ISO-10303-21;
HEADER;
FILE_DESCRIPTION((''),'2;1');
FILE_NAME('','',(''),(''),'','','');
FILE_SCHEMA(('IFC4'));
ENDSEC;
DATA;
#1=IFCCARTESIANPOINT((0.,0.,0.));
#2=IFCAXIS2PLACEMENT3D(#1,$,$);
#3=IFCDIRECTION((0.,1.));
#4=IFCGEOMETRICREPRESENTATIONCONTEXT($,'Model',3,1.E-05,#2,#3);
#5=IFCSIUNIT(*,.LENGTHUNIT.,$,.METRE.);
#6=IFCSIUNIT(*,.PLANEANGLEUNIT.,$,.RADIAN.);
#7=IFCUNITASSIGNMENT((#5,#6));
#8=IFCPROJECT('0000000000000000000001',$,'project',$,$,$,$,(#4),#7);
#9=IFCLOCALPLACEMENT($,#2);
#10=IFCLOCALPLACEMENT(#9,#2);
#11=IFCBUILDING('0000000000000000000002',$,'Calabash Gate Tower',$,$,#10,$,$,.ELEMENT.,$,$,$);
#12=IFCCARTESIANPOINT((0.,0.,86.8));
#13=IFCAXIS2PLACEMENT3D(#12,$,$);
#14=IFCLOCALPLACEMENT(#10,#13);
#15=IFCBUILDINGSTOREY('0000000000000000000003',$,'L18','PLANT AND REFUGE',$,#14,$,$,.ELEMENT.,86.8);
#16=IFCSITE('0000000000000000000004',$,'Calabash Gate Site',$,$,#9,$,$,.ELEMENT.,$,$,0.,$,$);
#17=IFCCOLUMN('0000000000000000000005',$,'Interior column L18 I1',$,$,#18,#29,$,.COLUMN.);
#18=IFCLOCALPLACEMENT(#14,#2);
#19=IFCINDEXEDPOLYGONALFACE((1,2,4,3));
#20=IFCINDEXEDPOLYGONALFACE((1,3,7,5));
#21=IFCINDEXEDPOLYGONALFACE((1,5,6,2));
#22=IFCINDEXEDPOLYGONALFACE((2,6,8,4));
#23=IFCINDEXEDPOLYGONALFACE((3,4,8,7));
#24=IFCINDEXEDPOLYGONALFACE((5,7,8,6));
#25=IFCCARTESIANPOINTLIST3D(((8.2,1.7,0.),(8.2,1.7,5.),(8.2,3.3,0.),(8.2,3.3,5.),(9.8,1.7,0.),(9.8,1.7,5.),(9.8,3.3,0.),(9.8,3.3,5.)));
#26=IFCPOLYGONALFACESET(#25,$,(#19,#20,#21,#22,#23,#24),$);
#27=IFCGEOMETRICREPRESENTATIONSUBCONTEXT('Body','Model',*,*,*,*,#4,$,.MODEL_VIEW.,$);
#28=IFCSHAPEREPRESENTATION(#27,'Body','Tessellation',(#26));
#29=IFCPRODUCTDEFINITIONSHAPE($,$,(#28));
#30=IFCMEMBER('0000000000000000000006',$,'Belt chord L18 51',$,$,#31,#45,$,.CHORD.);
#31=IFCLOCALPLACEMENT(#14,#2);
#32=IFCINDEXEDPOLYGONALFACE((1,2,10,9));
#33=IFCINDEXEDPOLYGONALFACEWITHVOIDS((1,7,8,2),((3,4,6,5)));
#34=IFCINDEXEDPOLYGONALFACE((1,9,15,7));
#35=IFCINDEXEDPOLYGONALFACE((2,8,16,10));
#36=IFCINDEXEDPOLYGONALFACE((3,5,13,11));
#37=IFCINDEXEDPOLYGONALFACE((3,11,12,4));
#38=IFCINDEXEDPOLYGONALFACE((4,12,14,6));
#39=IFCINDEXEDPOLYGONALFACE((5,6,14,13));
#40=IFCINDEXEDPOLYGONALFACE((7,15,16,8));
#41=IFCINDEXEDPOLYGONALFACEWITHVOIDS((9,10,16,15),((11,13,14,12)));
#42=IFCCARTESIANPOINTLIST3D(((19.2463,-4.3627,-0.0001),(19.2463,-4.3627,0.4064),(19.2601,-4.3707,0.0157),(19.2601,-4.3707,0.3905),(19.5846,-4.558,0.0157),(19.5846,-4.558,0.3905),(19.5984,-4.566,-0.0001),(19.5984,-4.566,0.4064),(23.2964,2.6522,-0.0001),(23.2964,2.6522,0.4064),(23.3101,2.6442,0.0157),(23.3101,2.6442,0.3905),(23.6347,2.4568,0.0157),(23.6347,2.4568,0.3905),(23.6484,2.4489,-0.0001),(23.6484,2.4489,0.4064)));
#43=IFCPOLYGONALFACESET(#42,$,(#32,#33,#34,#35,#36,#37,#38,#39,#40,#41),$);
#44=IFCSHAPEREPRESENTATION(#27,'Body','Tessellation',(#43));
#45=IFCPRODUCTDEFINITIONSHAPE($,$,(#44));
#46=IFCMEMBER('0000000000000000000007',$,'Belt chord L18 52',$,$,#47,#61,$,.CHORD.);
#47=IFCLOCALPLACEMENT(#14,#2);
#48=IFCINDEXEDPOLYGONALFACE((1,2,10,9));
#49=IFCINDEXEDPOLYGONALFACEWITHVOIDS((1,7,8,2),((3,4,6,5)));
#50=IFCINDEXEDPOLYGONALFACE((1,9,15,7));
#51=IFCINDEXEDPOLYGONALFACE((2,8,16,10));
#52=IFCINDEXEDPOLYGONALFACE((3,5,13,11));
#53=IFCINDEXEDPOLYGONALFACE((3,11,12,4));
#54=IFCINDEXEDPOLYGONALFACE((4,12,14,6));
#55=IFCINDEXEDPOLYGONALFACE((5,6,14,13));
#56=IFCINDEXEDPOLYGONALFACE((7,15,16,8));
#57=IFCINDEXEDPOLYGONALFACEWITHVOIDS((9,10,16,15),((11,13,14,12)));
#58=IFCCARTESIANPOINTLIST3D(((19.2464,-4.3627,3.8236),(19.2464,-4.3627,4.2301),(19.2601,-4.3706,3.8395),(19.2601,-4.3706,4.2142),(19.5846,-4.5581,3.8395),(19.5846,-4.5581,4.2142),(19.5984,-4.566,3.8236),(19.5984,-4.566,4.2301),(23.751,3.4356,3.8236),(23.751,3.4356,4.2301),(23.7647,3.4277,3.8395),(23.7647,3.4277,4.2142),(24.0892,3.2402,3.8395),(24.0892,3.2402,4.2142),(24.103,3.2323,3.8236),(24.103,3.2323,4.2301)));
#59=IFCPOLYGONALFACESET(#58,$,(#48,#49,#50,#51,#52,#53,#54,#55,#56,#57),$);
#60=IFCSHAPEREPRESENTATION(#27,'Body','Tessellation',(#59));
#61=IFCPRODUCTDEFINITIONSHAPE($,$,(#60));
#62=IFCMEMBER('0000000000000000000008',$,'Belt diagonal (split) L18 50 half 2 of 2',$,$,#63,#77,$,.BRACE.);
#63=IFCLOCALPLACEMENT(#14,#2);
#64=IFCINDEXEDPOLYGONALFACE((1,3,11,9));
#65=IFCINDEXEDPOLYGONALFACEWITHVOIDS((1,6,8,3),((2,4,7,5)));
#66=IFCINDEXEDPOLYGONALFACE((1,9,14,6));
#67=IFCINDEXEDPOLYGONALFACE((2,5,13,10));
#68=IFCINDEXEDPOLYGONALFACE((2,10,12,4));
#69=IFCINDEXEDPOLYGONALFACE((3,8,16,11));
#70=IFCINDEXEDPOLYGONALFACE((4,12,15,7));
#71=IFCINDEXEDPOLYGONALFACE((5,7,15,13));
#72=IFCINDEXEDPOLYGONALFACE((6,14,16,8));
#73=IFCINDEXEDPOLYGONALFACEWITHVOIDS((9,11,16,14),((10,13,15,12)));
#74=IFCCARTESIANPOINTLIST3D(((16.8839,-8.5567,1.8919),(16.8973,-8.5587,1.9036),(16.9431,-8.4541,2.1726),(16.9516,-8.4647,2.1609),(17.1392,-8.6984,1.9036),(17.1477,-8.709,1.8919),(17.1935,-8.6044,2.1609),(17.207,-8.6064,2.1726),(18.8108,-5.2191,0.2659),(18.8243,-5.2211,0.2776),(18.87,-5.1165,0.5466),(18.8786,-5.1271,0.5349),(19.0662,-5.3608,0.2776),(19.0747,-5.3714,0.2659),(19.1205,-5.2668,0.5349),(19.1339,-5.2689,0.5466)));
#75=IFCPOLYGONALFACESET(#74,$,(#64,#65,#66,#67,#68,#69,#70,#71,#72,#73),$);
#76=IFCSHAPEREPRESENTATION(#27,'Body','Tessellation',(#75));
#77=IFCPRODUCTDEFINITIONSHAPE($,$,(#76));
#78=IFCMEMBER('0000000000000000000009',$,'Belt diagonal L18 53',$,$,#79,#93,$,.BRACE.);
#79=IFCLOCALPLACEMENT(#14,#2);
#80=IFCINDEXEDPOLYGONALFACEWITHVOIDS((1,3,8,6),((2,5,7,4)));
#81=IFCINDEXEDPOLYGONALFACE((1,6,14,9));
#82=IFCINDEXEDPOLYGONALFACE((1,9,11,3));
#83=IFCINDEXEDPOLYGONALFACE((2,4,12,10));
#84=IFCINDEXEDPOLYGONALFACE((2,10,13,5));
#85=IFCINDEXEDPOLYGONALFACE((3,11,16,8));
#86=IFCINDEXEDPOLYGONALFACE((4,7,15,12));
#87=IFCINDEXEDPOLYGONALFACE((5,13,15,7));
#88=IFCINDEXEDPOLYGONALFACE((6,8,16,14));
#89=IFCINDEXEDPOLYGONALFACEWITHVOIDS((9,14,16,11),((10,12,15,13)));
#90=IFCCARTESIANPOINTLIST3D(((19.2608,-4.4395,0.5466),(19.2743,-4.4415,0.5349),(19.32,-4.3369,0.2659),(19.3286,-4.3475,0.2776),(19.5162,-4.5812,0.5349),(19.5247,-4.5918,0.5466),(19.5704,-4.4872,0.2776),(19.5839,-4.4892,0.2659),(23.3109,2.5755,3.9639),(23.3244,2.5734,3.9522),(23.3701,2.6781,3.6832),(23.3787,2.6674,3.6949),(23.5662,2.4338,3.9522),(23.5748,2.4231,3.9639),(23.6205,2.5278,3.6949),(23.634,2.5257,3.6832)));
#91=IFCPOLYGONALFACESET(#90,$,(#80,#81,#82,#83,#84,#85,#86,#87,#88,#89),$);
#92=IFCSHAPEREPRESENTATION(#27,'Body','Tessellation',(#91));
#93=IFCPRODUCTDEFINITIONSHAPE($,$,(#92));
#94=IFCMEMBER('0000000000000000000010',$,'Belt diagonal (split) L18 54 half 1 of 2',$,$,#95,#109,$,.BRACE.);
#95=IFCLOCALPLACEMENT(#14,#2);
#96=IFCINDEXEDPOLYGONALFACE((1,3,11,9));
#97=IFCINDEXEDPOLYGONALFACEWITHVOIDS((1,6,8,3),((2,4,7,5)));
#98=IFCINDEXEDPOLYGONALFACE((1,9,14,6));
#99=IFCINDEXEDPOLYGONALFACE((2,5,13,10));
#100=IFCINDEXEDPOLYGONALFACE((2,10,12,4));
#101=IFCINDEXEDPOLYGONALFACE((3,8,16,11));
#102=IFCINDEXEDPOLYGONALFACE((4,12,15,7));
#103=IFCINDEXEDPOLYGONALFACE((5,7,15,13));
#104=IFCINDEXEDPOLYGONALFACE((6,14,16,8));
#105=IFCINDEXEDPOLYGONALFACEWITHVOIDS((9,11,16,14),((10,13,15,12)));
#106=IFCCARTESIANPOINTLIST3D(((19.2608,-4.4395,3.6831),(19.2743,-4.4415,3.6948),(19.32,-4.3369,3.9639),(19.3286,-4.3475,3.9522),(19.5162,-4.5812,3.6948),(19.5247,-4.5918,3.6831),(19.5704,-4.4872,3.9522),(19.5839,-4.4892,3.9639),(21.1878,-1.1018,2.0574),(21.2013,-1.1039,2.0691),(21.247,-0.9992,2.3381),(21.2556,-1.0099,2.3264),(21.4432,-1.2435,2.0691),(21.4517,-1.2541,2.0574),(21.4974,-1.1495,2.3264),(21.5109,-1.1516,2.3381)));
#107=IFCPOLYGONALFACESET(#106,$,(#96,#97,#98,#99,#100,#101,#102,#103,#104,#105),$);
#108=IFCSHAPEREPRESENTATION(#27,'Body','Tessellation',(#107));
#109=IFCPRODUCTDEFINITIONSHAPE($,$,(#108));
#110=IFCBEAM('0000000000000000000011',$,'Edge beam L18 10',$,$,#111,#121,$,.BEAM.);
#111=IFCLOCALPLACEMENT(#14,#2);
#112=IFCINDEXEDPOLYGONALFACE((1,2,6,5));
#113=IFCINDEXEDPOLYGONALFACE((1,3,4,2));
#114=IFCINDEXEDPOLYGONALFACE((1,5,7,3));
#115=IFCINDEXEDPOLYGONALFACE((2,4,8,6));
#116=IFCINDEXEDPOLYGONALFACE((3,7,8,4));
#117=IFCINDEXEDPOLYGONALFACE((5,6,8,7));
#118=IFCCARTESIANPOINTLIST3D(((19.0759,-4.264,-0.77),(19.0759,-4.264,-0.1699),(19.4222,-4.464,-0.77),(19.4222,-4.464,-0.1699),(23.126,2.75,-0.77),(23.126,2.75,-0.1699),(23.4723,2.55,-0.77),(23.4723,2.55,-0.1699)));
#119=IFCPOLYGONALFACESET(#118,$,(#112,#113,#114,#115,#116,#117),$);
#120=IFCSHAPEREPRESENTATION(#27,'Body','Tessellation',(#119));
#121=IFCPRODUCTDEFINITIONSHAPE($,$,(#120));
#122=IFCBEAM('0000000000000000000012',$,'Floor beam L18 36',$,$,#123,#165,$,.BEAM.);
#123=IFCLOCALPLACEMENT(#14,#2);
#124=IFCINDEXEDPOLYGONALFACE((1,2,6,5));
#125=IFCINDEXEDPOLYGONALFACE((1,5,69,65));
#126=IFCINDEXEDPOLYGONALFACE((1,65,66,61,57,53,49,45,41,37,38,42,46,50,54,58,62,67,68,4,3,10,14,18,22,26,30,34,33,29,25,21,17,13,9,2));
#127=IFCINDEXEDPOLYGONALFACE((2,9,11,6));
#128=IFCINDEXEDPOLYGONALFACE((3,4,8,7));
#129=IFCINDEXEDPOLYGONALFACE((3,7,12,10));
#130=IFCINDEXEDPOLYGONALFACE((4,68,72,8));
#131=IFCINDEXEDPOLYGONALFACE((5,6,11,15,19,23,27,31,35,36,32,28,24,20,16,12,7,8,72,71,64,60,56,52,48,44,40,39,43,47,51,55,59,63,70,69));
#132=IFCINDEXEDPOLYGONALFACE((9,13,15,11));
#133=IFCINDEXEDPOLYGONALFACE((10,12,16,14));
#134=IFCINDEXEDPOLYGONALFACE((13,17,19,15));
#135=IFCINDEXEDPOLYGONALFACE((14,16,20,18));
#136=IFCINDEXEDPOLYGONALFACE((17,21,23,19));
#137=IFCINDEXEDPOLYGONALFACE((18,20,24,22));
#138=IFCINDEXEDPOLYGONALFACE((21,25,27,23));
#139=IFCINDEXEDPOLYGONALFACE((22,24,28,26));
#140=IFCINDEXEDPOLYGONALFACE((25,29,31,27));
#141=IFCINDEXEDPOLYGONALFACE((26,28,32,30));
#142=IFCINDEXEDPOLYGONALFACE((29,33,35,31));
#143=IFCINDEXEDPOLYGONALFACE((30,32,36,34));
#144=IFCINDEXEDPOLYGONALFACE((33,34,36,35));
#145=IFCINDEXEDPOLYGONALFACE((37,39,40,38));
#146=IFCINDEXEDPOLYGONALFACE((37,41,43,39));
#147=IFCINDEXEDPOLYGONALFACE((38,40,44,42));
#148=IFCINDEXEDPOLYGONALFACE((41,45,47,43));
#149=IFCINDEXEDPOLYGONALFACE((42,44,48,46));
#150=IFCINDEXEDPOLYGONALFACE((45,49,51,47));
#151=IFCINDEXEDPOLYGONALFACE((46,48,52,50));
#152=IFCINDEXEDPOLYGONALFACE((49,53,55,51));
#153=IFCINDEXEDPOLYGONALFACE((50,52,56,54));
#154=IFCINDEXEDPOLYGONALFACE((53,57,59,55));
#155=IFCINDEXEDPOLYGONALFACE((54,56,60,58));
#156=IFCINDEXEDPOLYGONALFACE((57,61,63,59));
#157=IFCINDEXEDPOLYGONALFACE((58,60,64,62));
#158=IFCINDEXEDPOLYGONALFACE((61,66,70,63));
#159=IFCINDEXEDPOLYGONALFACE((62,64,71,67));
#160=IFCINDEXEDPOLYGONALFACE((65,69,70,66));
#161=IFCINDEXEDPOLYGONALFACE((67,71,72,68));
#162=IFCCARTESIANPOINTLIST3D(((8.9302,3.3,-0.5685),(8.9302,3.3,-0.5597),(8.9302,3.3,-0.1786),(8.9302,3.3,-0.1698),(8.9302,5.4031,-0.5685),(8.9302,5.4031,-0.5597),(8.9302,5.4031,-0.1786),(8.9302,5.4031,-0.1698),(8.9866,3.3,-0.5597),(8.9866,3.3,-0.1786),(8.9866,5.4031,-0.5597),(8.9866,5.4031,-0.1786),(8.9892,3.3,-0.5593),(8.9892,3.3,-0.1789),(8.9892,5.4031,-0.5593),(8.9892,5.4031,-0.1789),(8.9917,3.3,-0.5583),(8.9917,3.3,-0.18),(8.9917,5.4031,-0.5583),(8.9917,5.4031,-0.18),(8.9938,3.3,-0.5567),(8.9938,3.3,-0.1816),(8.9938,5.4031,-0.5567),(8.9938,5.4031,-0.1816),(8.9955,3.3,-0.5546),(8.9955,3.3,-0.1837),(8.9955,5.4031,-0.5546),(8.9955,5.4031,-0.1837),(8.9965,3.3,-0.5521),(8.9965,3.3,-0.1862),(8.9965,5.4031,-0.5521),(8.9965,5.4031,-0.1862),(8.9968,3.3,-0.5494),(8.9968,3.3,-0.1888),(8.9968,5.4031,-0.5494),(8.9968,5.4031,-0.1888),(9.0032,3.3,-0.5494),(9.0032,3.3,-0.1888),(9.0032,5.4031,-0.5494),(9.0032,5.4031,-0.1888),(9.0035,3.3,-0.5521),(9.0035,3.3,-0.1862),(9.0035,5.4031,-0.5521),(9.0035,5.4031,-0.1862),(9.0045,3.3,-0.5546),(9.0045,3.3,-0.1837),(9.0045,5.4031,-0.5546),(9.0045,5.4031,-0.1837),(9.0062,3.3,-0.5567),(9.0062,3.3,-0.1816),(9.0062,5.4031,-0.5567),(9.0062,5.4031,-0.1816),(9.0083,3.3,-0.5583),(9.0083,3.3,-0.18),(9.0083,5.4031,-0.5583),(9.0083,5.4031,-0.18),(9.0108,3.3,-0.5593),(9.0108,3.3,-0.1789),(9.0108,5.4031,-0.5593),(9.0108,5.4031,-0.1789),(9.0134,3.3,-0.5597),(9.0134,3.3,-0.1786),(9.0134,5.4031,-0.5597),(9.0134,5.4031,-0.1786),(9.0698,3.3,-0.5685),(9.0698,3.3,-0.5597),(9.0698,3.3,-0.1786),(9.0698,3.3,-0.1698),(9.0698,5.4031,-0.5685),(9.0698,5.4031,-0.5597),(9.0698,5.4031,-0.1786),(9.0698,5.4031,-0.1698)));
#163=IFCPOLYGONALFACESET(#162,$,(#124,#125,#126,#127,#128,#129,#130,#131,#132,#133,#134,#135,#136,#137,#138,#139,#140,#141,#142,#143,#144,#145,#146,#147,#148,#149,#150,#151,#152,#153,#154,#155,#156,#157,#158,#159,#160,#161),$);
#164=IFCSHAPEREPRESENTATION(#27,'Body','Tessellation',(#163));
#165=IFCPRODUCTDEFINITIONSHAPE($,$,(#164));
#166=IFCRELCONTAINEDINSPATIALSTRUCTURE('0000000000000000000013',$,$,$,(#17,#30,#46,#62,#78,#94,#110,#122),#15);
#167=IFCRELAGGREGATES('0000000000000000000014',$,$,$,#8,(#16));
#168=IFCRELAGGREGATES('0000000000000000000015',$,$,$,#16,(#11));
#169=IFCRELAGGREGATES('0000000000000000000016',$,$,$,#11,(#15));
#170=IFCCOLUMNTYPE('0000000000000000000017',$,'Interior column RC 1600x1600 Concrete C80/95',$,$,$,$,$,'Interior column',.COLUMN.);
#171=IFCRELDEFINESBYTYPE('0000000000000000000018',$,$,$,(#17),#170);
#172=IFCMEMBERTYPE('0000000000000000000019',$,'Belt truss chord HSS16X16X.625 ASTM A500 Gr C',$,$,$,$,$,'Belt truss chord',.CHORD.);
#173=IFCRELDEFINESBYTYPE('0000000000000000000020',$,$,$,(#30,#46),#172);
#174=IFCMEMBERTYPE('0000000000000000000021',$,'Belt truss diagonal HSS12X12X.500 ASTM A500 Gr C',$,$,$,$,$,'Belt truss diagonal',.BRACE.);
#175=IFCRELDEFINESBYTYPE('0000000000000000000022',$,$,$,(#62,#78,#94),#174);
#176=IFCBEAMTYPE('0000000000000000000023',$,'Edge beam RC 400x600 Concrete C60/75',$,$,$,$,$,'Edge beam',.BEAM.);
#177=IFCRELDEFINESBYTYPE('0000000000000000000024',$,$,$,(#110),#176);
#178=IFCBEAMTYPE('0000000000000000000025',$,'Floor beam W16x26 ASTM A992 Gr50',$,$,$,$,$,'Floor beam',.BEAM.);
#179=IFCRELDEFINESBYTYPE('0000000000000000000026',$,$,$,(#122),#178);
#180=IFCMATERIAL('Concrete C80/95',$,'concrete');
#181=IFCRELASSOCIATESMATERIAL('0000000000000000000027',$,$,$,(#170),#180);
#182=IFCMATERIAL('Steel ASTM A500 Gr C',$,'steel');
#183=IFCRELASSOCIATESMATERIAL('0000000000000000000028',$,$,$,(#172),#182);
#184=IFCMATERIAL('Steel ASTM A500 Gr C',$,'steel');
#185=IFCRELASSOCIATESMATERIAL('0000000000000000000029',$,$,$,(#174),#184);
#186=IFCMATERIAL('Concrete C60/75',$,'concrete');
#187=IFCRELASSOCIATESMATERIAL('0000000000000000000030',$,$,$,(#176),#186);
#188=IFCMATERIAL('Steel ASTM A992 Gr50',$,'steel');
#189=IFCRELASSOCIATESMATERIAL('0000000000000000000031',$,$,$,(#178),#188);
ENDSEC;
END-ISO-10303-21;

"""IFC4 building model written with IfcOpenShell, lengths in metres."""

from ifc_helpers import new_model, si_unit, direction, frame, origin, origin_2d, place, context, subcontext, project, spatial, rectangle, hollow_rectangle, i_section, extrude, material, material_profile, profile_set, type_object, element, save


model = new_model("IFC4")

# Units and contexts
model_context = context("Model", 3, precision=1e-05, world=origin(), true_north=direction((0.0, 1.0)))
body_context = subcontext(model_context, "Body", "Model", "MODEL_VIEW")
ifc_project = project(units=[si_unit("LENGTHUNIT", "METRE"), si_unit("PLANEANGLEUNIT", "RADIAN")], contexts=[model_context])

# Site, building, storey
site_placement = place(None, origin())
site = spatial("IfcSite", under=ifc_project, at=site_placement, Name="Calabash Gate Site", CompositionType="ELEMENT", RefElevation=0.0)
building_placement = place(site_placement, origin())
building = spatial("IfcBuilding", under=site, at=building_placement, Name="Calabash Gate Tower", CompositionType="ELEMENT")
storey_placement = place(building_placement, frame((0.0, 0.0, 86.8)))
storey = spatial("IfcBuildingStorey", under=building, at=storey_placement, Name="L18", Description="PLANT AND REFUGE", CompositionType="ELEMENT", Elevation=86.8)

# Column
ifc_material_1 = material(Name="Concrete C80/95", Category="concrete")
ifc_material_profile_1 = material_profile(ifc_material_1, rectangle(XDim=1.6001, YDim=1.6001, at=origin_2d()))
ifc_profile_set_1 = profile_set([ifc_material_profile_1], Name="Concrete C80/95")
column_type_1 = type_object("IfcColumnType", Name="Interior column RC 1600x1600 Concrete C80/95", ElementType="Interior column", PredefinedType="COLUMN", material=ifc_profile_set_1)
column_1_placement = place(storey_placement, frame((9.0, 2.5, 0.0), z_axis=(0.0, 0.0, 1.0), x_axis=(1.0, 0.0, 0.0)))
element("IfcColumn", 1, at=column_1_placement, inside=storey, type_object=column_type_1, Name="Interior column L18 I1", PredefinedType="COLUMN", context=body_context, shape_type="SweptSolid", body=[
    extrude(rectangle(XDim=1.6001, YDim=1.6001, at=origin_2d()), origin(), (0.0, 0.0, 1.0), 5.0),
])

# Members
ifc_material_2 = material(Name="Steel ASTM A500 Gr C", Category="steel")
ifc_material_profile_2 = material_profile(ifc_material_2, hollow_rectangle(XDim=0.4065, YDim=0.4065, WallThickness=0.0159, at=origin_2d()))
ifc_profile_set_2 = profile_set([ifc_material_profile_2], Name="Steel ASTM A500 Gr C")
member_type_1 = type_object("IfcMemberType", Name="Belt truss chord HSS16X16X.625 ASTM A500 Gr C", ElementType="Belt truss chord", PredefinedType="CHORD", material=ifc_profile_set_2)
member_1_placement = place(storey_placement, frame((19.4224, -4.4644, 0.2031), z_axis=(0.5, 0.866025, 0.0), x_axis=(-0.866025, 0.5, 0.0)))
element("IfcMember", 2, at=member_1_placement, inside=storey, type_object=member_type_1, Name="Belt chord L18 51", PredefinedType="CHORD", context=body_context, shape_type="SweptSolid", body=[
    extrude(hollow_rectangle(XDim=0.4065, YDim=0.4065, WallThickness=0.0159, at=origin_2d()), origin(), (0.0, 0.0, 1.0), 8.1001),
])
member_2_placement = place(storey_placement, frame((19.4224, -4.4644, 4.0269), z_axis=(0.500189, 0.865916, 0.0), x_axis=(-0.865916, 0.500189, 0.0)))
element("IfcMember", 3, at=member_2_placement, inside=storey, type_object=member_type_1, Name="Belt chord L18 52", PredefinedType="CHORD", context=body_context, shape_type="SweptSolid", body=[
    extrude(hollow_rectangle(XDim=0.4065, YDim=0.4065, WallThickness=0.0159, at=origin_2d()), origin(), (0.0, 0.0, 1.0), 9.0059),
])
ifc_material_3 = material(Name="Steel ASTM A500 Gr C", Category="steel")
ifc_material_profile_3 = material_profile(ifc_material_3, hollow_rectangle(XDim=0.3047, YDim=0.3047, WallThickness=0.0127, at=origin_2d()))
ifc_profile_set_3 = profile_set([ifc_material_profile_3], Name="Steel ASTM A500 Gr C")
member_type_2 = type_object("IfcMemberType", Name="Belt truss diagonal HSS12X12X.500 ASTM A500 Gr C", ElementType="Belt truss diagonal", PredefinedType="BRACE", material=ifc_profile_set_3)
member_3_placement = place(storey_placement, frame((17.0454, -8.5815, 2.0322), z_axis=(0.460681, 0.797918, -0.388716), x_axis=(-0.866024, 0.500002, 0.0)))
element("IfcMember", 4, at=member_3_placement, inside=storey, type_object=member_type_2, Name="Belt diagonal (split) L18 50 half 2 of 2", PredefinedType="BRACE", context=body_context, shape_type="SweptSolid", body=[
    extrude(hollow_rectangle(XDim=0.3047, YDim=0.3047, WallThickness=0.0127, at=origin_2d()), origin(), (0.0, 0.0, 1.0), 4.1829),
])
member_4_placement = place(storey_placement, frame((19.4224, -4.4644, 0.4062), z_axis=(0.460682, 0.797925, 0.388701), x_axis=(-0.866025, 0.5, 0.0)))
element("IfcMember", 5, at=member_4_placement, inside=storey, type_object=member_type_2, Name="Belt diagonal L18 53", PredefinedType="BRACE", context=body_context, shape_type="SweptSolid", body=[
    extrude(hollow_rectangle(XDim=0.3047, YDim=0.3047, WallThickness=0.0127, at=origin_2d()), origin(), (0.0, 0.0, 1.0), 8.7915),
])
member_5_placement = place(storey_placement, frame((19.4224, -4.4644, 3.8235), z_axis=(0.460691, 0.797936, -0.388666), x_axis=(-0.866024, 0.500002, 0.0)))
element("IfcMember", 6, at=member_5_placement, inside=storey, type_object=member_type_2, Name="Belt diagonal (split) L18 54 half 1 of 2", PredefinedType="BRACE", context=body_context, shape_type="SweptSolid", body=[
    extrude(hollow_rectangle(XDim=0.3047, YDim=0.3047, WallThickness=0.0127, at=origin_2d()), origin(), (0.0, 0.0, 1.0), 4.1829),
])

# Beams
ifc_material_4 = material(Name="Concrete C60/75", Category="concrete")
ifc_material_profile_4 = material_profile(ifc_material_4, rectangle(XDim=0.3999, YDim=0.6001, at=origin_2d()))
ifc_profile_set_4 = profile_set([ifc_material_profile_4], Name="Concrete C60/75")
beam_type_1 = type_object("IfcBeamType", Name="Edge beam RC 400x600 Concrete C60/75", ElementType="Edge beam", PredefinedType="BEAM", material=ifc_profile_set_4)
beam_1_placement = place(storey_placement, frame((19.249, -4.364, -0.47), z_axis=(0.500052, 0.865995, 0.0), x_axis=(-0.865995, 0.500052, 0.0)))
element("IfcBeam", 7, at=beam_1_placement, inside=storey, type_object=beam_type_1, Name="Edge beam L18 10", PredefinedType="BEAM", context=body_context, shape_type="SweptSolid", body=[
    extrude(rectangle(XDim=0.3999, YDim=0.6001, at=origin_2d()), origin(), (0.0, 0.0, 1.0), 8.0994),
])
ifc_material_5 = material(Name="Steel ASTM A992 Gr50", Category="steel")
ifc_material_profile_5 = material_profile(ifc_material_5, i_section(OverallWidth=0.1396, OverallDepth=0.3987, WebThickness=0.0063, FlangeThickness=0.0088, FilletRadius=0.0103, at=origin_2d()))
ifc_profile_set_5 = profile_set([ifc_material_profile_5], Name="Steel ASTM A992 Gr50")
beam_type_2 = type_object("IfcBeamType", Name="Floor beam W16x26 ASTM A992 Gr50", ElementType="Floor beam", PredefinedType="BEAM", material=ifc_profile_set_5)
beam_2_placement = place(storey_placement, frame((9.0, 3.3, -0.3691), z_axis=(0.0, 1.0, 0.0), x_axis=(-1.0, 0.0, 0.0)))
element("IfcBeam", 8, at=beam_2_placement, inside=storey, type_object=beam_type_2, Name="Floor beam L18 36", PredefinedType="BEAM", context=body_context, shape_type="SweptSolid", body=[
    extrude(i_section(OverallWidth=0.1396, OverallDepth=0.3987, WebThickness=0.0063, FlangeThickness=0.0088, FilletRadius=0.0103, at=origin_2d()), origin(), (0.0, 0.0, 1.0), 2.103),
])

save(model, "model.ifc")
